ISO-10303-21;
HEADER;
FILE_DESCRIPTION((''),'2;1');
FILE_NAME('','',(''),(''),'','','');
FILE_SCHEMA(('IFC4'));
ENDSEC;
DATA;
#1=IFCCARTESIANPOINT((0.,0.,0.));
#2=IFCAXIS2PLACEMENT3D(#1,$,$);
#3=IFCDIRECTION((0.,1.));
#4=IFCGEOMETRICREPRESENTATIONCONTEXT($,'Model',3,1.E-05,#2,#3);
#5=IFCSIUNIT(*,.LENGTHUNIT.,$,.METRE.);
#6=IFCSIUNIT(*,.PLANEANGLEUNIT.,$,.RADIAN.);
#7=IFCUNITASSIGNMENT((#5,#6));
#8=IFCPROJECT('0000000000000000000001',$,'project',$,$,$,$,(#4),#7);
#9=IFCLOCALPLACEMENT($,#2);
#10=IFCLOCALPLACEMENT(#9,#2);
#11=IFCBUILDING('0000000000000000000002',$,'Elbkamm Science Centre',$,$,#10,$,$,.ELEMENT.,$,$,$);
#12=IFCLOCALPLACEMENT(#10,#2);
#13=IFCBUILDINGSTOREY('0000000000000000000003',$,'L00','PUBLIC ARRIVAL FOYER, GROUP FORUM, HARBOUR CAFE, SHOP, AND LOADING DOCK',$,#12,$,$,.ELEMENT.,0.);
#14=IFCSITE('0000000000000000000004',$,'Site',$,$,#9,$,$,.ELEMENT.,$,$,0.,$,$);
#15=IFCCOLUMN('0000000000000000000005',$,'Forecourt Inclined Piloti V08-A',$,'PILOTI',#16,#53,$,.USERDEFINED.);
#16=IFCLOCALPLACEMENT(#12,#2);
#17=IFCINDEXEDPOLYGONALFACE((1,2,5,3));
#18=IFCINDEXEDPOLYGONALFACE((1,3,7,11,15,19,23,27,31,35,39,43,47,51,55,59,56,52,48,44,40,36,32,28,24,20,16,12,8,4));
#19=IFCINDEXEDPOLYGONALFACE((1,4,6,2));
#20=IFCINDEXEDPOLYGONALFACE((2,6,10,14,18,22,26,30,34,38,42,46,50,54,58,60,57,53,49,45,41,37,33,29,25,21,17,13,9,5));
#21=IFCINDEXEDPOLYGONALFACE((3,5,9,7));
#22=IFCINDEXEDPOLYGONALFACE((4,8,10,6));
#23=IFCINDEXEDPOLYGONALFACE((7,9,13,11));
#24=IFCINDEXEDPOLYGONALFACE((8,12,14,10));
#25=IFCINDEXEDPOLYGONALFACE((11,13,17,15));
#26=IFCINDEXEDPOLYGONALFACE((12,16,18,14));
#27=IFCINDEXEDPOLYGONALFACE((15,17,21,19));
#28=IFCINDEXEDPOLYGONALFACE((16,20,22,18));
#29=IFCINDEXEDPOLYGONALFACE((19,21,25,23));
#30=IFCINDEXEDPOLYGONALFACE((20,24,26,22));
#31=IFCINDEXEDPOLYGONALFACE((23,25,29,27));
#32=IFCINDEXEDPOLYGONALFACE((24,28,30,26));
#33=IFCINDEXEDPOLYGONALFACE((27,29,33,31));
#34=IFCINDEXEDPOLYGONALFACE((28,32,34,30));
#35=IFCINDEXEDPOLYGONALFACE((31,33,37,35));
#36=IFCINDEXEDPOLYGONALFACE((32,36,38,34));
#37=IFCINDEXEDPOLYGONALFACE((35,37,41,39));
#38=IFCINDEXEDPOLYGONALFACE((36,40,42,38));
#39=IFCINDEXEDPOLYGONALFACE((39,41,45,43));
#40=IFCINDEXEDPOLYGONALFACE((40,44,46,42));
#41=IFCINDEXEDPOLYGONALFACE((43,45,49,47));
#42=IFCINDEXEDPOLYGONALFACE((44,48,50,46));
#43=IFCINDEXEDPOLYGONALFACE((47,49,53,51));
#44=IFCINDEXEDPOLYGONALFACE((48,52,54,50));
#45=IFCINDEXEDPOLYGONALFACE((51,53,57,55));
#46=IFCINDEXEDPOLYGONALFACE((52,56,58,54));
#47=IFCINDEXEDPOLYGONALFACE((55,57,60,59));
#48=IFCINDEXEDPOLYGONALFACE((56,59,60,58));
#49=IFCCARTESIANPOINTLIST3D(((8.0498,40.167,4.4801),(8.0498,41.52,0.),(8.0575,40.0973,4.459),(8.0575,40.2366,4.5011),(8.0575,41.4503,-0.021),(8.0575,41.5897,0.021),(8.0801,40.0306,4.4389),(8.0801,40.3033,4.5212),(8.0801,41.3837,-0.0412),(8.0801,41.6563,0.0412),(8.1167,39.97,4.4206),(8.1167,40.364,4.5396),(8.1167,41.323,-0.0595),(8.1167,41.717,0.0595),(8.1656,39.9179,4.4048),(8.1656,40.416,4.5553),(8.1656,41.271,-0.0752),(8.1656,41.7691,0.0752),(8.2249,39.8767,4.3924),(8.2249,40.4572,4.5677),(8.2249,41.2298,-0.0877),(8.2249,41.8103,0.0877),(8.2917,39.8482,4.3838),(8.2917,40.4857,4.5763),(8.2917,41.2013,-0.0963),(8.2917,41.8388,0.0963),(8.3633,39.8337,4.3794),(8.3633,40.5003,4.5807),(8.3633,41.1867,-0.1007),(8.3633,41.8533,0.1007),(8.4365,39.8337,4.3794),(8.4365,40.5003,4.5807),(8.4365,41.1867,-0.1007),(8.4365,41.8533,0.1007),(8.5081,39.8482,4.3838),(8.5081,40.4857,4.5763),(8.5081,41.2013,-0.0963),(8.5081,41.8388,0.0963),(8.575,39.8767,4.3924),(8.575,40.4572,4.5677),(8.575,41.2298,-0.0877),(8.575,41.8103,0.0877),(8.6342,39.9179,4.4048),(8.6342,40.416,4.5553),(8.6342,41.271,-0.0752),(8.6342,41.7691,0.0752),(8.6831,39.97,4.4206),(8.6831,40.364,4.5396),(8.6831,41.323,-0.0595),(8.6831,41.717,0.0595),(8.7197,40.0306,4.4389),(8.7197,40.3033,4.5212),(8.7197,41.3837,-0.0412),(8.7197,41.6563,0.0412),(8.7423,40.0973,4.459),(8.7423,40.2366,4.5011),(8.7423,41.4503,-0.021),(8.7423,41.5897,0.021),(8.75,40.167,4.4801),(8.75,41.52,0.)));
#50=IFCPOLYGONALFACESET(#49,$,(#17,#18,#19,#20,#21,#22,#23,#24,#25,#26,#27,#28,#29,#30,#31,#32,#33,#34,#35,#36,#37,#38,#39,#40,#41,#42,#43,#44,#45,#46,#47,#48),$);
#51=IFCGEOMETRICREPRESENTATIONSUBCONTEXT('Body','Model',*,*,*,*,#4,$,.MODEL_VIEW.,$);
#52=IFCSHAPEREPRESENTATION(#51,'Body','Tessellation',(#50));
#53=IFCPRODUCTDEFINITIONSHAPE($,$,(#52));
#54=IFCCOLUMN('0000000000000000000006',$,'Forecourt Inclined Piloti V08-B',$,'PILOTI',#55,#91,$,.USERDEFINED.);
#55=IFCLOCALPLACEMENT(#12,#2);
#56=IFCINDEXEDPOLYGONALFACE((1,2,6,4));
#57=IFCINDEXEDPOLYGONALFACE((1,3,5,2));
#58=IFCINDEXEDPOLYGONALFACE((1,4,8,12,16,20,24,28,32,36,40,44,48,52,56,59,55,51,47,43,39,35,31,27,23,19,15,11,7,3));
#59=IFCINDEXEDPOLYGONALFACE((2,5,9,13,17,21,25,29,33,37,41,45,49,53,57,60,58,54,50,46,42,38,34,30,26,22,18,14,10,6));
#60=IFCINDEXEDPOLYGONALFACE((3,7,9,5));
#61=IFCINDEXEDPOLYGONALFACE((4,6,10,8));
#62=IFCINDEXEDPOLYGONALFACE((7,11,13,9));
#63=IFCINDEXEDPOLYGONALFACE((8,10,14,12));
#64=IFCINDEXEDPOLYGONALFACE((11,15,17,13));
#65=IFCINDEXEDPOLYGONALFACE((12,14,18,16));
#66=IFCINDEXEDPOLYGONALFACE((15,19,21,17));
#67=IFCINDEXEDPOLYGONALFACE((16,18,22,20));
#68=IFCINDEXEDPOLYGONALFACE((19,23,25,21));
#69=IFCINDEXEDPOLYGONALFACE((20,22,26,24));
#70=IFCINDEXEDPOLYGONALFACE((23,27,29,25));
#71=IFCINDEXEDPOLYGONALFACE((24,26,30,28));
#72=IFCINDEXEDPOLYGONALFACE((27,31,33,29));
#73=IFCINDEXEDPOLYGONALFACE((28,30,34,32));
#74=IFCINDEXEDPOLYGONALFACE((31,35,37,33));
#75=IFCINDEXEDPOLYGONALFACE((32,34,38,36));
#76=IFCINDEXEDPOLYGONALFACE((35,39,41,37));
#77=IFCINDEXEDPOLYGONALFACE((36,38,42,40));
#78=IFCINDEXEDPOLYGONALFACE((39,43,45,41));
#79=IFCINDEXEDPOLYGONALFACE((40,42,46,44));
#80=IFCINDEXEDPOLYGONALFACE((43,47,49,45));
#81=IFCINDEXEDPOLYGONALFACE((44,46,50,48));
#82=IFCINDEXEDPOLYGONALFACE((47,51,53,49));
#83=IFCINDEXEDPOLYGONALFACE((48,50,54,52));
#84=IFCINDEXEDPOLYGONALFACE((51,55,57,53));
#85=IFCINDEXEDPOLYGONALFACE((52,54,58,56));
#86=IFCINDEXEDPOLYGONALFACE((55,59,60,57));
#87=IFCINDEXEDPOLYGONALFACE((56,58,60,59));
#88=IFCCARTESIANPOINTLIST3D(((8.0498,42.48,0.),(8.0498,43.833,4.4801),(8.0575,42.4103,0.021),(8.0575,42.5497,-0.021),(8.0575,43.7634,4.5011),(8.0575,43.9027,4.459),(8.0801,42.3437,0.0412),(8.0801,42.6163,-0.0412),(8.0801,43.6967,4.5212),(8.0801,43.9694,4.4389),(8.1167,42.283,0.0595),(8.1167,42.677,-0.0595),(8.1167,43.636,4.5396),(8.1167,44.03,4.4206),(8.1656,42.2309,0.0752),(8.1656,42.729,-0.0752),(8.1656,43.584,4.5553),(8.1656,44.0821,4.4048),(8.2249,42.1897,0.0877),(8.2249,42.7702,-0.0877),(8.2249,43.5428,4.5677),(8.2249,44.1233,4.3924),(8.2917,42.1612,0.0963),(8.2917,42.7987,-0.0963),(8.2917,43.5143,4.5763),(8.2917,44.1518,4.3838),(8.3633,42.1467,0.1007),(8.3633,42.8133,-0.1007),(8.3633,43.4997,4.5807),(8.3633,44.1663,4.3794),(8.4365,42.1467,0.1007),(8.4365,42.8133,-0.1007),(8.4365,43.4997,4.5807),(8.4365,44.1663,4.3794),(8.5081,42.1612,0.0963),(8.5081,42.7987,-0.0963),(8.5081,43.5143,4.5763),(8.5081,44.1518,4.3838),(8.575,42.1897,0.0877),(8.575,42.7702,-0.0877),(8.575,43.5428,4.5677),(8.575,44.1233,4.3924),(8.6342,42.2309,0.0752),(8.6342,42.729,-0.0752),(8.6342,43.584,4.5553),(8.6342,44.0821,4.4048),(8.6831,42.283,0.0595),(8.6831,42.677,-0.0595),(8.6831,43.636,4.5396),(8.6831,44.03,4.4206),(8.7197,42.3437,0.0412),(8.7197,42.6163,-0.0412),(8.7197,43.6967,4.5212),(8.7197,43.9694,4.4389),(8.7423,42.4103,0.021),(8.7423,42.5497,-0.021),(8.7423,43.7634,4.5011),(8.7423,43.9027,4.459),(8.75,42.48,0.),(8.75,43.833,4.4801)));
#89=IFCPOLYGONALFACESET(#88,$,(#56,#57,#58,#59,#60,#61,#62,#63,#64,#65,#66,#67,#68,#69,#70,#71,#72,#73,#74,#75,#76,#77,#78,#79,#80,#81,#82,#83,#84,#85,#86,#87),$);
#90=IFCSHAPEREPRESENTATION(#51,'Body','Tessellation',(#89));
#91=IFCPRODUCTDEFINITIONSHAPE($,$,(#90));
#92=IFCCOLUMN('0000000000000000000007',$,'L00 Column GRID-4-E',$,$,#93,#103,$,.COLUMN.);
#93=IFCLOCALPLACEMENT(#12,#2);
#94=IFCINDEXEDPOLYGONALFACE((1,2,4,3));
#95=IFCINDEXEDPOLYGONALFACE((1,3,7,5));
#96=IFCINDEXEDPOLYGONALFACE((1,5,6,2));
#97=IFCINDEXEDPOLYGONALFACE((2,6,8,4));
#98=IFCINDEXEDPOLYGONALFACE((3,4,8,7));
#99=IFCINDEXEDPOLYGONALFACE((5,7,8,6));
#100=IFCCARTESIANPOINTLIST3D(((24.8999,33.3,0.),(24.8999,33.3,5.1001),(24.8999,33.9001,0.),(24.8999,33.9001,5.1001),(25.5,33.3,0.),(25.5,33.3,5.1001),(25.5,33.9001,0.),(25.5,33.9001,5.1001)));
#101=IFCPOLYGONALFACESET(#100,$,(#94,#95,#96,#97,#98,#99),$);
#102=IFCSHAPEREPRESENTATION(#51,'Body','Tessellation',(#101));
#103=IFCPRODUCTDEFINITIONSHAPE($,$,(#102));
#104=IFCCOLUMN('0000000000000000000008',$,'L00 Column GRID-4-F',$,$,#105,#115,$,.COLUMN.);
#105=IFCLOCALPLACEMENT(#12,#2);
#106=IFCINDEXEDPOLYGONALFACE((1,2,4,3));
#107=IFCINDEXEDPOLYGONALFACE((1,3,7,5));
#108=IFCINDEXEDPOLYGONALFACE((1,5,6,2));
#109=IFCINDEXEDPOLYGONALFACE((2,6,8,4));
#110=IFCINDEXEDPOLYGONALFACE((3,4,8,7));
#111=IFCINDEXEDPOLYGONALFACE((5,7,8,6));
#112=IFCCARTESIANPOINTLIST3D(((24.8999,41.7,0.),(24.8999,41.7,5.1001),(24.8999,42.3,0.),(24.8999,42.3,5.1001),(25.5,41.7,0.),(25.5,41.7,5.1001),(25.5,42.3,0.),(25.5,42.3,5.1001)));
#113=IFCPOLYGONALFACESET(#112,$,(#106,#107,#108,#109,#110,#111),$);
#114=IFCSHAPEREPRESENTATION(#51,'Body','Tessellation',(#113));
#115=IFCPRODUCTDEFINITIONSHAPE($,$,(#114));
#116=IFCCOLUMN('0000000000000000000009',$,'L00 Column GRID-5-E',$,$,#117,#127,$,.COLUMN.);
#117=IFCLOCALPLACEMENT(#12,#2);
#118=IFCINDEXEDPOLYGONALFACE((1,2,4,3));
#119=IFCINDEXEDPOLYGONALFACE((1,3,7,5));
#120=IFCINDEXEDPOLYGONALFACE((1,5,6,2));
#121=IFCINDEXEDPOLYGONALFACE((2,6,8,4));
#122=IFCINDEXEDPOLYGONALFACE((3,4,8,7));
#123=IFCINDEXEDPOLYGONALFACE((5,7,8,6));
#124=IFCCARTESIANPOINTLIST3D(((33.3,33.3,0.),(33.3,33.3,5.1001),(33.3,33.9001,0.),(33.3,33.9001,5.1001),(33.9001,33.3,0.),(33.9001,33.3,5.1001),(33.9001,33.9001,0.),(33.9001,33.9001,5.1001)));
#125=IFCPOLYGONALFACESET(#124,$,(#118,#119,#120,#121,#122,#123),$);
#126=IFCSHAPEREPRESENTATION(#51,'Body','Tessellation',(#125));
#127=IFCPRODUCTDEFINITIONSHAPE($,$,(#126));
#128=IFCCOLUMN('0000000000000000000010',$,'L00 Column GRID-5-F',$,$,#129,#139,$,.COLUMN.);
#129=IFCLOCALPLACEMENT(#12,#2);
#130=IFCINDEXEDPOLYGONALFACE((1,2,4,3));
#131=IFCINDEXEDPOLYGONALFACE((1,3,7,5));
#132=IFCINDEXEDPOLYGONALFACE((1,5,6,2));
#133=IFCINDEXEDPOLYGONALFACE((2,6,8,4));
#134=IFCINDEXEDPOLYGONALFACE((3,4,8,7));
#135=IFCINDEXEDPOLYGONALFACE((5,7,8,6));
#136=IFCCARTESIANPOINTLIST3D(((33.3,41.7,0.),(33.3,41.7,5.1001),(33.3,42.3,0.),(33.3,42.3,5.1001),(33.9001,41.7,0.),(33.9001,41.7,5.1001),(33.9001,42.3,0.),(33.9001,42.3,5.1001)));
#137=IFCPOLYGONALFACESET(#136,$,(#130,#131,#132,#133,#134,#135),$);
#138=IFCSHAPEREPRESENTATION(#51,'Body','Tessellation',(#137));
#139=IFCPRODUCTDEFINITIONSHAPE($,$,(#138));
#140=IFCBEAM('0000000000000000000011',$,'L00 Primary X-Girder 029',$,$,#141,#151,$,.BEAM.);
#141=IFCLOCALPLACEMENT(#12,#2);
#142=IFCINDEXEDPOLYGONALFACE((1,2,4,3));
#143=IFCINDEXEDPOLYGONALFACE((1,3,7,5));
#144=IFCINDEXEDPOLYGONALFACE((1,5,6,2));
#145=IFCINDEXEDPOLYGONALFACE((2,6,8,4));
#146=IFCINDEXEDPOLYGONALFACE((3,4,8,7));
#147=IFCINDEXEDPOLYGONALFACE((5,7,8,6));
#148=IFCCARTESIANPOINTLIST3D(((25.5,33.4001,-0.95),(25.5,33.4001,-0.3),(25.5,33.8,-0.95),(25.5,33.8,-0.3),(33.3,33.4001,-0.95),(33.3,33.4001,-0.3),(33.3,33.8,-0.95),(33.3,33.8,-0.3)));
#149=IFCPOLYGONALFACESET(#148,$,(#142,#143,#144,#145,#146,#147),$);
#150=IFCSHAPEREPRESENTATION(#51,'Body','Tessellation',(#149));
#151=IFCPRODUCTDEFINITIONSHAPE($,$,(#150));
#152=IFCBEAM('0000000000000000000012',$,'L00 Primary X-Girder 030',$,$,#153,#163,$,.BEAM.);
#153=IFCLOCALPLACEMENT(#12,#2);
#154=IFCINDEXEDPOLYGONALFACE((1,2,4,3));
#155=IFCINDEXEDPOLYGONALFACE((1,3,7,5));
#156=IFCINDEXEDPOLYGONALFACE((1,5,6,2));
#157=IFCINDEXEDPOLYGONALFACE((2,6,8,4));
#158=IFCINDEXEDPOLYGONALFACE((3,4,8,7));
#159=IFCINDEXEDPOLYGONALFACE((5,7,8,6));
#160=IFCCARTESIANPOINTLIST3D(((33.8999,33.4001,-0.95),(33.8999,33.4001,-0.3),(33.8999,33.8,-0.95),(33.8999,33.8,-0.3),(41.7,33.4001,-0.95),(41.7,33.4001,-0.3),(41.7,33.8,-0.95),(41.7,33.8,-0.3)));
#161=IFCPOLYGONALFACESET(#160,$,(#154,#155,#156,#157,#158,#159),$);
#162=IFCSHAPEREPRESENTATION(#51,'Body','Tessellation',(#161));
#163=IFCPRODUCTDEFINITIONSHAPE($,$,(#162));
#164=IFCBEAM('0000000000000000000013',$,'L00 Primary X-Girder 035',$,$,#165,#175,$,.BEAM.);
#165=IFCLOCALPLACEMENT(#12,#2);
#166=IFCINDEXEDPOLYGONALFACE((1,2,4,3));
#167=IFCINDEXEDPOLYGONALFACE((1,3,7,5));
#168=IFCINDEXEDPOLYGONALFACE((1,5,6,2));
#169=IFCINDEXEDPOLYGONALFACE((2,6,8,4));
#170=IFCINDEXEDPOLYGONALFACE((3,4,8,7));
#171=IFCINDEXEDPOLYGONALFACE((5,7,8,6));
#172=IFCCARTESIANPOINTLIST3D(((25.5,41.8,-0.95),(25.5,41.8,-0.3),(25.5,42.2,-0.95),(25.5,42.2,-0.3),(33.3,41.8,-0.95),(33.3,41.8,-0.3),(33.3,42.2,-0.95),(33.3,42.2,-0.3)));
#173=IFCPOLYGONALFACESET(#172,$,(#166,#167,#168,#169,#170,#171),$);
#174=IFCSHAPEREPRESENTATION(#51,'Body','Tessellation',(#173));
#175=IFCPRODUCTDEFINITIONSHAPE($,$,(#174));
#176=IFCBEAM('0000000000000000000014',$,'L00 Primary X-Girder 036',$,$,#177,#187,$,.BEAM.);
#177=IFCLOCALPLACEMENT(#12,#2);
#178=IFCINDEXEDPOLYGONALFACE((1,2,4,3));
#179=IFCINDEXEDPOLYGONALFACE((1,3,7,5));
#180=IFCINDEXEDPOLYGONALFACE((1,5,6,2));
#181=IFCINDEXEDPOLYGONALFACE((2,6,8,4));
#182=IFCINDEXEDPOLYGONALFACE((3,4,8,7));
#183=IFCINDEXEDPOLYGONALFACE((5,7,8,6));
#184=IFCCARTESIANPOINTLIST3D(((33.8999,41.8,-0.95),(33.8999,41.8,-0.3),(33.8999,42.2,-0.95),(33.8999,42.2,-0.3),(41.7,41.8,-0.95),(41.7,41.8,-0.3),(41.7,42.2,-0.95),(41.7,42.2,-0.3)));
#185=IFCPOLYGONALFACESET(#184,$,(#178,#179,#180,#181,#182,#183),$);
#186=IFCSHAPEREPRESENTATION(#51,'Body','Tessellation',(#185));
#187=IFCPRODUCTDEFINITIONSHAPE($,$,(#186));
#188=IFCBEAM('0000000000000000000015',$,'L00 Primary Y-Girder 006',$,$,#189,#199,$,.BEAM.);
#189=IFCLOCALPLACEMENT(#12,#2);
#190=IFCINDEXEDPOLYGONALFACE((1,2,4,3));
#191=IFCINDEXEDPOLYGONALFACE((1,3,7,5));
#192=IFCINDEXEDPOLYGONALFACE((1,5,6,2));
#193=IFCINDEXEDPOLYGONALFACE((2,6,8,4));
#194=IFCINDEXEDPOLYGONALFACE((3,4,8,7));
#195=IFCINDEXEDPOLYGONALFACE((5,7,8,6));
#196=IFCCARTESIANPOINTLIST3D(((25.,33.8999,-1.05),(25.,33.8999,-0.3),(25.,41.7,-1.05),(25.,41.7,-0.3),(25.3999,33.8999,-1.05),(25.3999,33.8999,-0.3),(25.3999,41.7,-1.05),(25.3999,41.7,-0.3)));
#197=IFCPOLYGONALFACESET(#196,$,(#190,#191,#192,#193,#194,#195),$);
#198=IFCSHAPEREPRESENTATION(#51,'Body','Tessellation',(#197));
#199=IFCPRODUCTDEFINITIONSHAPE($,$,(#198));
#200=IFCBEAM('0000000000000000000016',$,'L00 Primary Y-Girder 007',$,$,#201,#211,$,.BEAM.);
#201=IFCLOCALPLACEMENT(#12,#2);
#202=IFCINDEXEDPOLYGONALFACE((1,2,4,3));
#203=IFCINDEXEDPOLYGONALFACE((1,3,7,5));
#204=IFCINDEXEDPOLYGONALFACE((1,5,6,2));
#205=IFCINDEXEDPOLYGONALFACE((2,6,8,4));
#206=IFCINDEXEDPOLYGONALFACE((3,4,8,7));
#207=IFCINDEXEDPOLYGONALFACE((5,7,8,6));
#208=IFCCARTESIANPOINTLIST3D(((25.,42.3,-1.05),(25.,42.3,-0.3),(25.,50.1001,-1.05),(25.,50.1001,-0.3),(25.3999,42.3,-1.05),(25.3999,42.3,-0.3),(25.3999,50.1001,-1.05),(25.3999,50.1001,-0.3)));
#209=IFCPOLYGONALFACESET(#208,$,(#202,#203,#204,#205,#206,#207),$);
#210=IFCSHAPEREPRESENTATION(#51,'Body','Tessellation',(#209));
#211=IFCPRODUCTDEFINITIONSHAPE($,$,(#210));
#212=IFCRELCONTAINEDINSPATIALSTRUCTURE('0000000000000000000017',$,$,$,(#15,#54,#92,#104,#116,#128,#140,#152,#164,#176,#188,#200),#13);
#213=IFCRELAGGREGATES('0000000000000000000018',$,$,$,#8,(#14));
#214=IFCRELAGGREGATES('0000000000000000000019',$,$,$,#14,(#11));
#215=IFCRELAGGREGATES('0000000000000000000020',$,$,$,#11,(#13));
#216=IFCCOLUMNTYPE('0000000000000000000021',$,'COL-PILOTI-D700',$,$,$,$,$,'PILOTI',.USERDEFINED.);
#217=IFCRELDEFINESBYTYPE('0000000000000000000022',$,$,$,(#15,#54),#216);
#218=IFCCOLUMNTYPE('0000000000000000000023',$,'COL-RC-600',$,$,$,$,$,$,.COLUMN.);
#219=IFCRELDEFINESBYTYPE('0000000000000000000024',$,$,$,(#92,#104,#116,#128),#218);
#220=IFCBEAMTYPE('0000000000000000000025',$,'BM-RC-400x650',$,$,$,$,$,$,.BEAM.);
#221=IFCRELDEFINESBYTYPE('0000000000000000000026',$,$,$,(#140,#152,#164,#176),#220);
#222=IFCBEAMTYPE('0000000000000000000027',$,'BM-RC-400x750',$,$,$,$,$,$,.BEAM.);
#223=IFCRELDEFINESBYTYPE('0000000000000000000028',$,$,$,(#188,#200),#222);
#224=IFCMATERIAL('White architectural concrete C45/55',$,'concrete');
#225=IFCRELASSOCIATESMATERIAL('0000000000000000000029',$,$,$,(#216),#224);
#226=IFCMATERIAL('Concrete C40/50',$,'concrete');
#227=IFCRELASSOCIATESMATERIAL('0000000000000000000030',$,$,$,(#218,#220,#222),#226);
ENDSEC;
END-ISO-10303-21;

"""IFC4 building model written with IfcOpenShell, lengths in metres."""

from ifc_helpers import new_model, si_unit, direction, frame, origin, origin_2d, place, context, subcontext, project, spatial, rectangle, circle, extrude, material, material_profile, profile_set, type_object, element, save


model = new_model("IFC4")

# Units and contexts
model_context = context("Model", 3, precision=1e-05, world=origin(), true_north=direction((0.0, 1.0)))
body_context = subcontext(model_context, "Body", "Model", "MODEL_VIEW")
ifc_project = project(units=[si_unit("LENGTHUNIT", "METRE"), si_unit("PLANEANGLEUNIT", "RADIAN")], contexts=[model_context])

# Site, building, storey
site_placement = place(None, origin())
site = spatial("IfcSite", under=ifc_project, at=site_placement, Name="Site", CompositionType="ELEMENT", RefElevation=0.0)
building_placement = place(site_placement, origin())
building = spatial("IfcBuilding", under=site, at=building_placement, Name="Elbkamm Science Centre", CompositionType="ELEMENT")
storey_placement = place(building_placement, origin())
storey = spatial("IfcBuildingStorey", under=building, at=storey_placement, Name="L00", Description="PUBLIC ARRIVAL FOYER, GROUP FORUM, HARBOUR CAFE, SHOP, AND LOADING DOCK", CompositionType="ELEMENT", Elevation=0.0)

# Columns
ifc_material_1 = material(Name="White architectural concrete C45/55", Category="concrete")
ifc_material_profile_1 = material_profile(ifc_material_1, circle(Radius=0.3501, at=origin_2d()), Name="RC D700")
ifc_profile_set_1 = profile_set([ifc_material_profile_1], Name="White architectural concrete C45/55")
column_type_1 = type_object("IfcColumnType", Name="COL-PILOTI-D700", ElementType="PILOTI", PredefinedType="USERDEFINED", material=ifc_profile_set_1)
for number, where, z_axis, x_axis, name in (
    (1, (8.3999, 41.52, 0.0), (0.0, -0.289118, 0.957293), (1.0, 0.0, 0.0), "Forecourt Inclined Piloti V08-A"),
    (2, (8.3999, 42.48, 0.0), (0.0, 0.289118, 0.957293), (-1.0, 0.0, 0.0), "Forecourt Inclined Piloti V08-B"),
):
    element("IfcColumn", number, at=place(storey_placement, frame(where, z_axis=z_axis, x_axis=x_axis)), inside=storey, type_object=column_type_1, Name=name, ObjectType="PILOTI", PredefinedType="USERDEFINED", context=body_context, shape_type="SweptSolid", body=[
        extrude(circle(Radius=0.3501, at=origin_2d()), origin(), (0.0, 0.0, 1.0), 4.6799),
    ])
ifc_material_2 = material(Name="Concrete C40/50", Category="concrete")
ifc_material_profile_2 = material_profile(ifc_material_2, rectangle(XDim=0.6001, YDim=0.6001, at=origin_2d()), Name="RC 600x600")
ifc_profile_set_2 = profile_set([ifc_material_profile_2], Name="Concrete C40/50")
column_type_2 = type_object("IfcColumnType", Name="COL-RC-600", PredefinedType="COLUMN", material=ifc_profile_set_2)
for number, where, z_axis, x_axis, name in (
    (3, (25.2, 33.6001, 0.0), (0.0, 0.0, 1.0), (1.0, 0.0, 0.0), "L00 Column GRID-4-E"),
    (4, (25.2, 42.0, 0.0), (0.0, 0.0, 1.0), (1.0, 0.0, 0.0), "L00 Column GRID-4-F"),
    (5, (33.6001, 33.6001, 0.0), (0.0, 0.0, 1.0), (1.0, 0.0, 0.0), "L00 Column GRID-5-E"),
    (6, (33.6001, 42.0, 0.0), (0.0, 0.0, 1.0), (1.0, 0.0, 0.0), "L00 Column GRID-5-F"),
):
    element("IfcColumn", number, at=place(storey_placement, frame(where, z_axis=z_axis, x_axis=x_axis)), inside=storey, type_object=column_type_2, Name=name, PredefinedType="COLUMN", context=body_context, shape_type="SweptSolid", body=[
        extrude(rectangle(XDim=0.6001, YDim=0.6001, at=origin_2d()), origin(), (0.0, 0.0, 1.0), 5.1001),
    ])

# Beams
ifc_material_profile_3 = material_profile(ifc_material_2, rectangle(XDim=0.3999, YDim=0.6499, at=origin_2d()), Name="RC 400x650")
ifc_profile_set_3 = profile_set([ifc_material_profile_3], Name="Concrete C40/50")
beam_type_1 = type_object("IfcBeamType", Name="BM-RC-400x650", PredefinedType="BEAM", material=ifc_profile_set_3)
for number, where, z_axis, x_axis, name in (
    (7, (25.5, 33.6001, -0.625), (1.0, 0.0, 0.0), (0.0, 1.0, 0.0), "L00 Primary X-Girder 029"),
    (8, (33.8999, 33.6001, -0.625), (1.0, 0.0, 0.0), (0.0, 1.0, 0.0), "L00 Primary X-Girder 030"),
    (9, (25.5, 42.0, -0.625), (1.0, 0.0, 0.0), (0.0, 1.0, 0.0), "L00 Primary X-Girder 035"),
    (10, (33.8999, 42.0, -0.625), (1.0, 0.0, 0.0), (0.0, 1.0, 0.0), "L00 Primary X-Girder 036"),
):
    element("IfcBeam", number, at=place(storey_placement, frame(where, z_axis=z_axis, x_axis=x_axis)), inside=storey, type_object=beam_type_1, Name=name, PredefinedType="BEAM", context=body_context, shape_type="SweptSolid", body=[
        extrude(rectangle(XDim=0.3999, YDim=0.6499, at=origin_2d()), origin(), (0.0, 0.0, 1.0), 7.8),
    ])
ifc_material_profile_4 = material_profile(ifc_material_2, rectangle(XDim=0.3999, YDim=0.75, at=origin_2d()), Name="RC 400x750")
ifc_profile_set_4 = profile_set([ifc_material_profile_4], Name="Concrete C40/50")
beam_type_2 = type_object("IfcBeamType", Name="BM-RC-400x750", PredefinedType="BEAM", material=ifc_profile_set_4)
for number, where, z_axis, x_axis, name in (
    (11, (25.2, 33.8999, -0.675), (0.0, 1.0, 0.0), (-1.0, 0.0, 0.0), "L00 Primary Y-Girder 006"),
    (12, (25.2, 42.3, -0.675), (0.0, 1.0, 0.0), (-1.0, 0.0, 0.0), "L00 Primary Y-Girder 007"),
):
    element("IfcBeam", number, at=place(storey_placement, frame(where, z_axis=z_axis, x_axis=x_axis)), inside=storey, type_object=beam_type_2, Name=name, PredefinedType="BEAM", context=body_context, shape_type="SweptSolid", body=[
        extrude(rectangle(XDim=0.3999, YDim=0.75, at=origin_2d()), origin(), (0.0, 0.0, 1.0), 7.8),
    ])

save(model, "model.ifc")
